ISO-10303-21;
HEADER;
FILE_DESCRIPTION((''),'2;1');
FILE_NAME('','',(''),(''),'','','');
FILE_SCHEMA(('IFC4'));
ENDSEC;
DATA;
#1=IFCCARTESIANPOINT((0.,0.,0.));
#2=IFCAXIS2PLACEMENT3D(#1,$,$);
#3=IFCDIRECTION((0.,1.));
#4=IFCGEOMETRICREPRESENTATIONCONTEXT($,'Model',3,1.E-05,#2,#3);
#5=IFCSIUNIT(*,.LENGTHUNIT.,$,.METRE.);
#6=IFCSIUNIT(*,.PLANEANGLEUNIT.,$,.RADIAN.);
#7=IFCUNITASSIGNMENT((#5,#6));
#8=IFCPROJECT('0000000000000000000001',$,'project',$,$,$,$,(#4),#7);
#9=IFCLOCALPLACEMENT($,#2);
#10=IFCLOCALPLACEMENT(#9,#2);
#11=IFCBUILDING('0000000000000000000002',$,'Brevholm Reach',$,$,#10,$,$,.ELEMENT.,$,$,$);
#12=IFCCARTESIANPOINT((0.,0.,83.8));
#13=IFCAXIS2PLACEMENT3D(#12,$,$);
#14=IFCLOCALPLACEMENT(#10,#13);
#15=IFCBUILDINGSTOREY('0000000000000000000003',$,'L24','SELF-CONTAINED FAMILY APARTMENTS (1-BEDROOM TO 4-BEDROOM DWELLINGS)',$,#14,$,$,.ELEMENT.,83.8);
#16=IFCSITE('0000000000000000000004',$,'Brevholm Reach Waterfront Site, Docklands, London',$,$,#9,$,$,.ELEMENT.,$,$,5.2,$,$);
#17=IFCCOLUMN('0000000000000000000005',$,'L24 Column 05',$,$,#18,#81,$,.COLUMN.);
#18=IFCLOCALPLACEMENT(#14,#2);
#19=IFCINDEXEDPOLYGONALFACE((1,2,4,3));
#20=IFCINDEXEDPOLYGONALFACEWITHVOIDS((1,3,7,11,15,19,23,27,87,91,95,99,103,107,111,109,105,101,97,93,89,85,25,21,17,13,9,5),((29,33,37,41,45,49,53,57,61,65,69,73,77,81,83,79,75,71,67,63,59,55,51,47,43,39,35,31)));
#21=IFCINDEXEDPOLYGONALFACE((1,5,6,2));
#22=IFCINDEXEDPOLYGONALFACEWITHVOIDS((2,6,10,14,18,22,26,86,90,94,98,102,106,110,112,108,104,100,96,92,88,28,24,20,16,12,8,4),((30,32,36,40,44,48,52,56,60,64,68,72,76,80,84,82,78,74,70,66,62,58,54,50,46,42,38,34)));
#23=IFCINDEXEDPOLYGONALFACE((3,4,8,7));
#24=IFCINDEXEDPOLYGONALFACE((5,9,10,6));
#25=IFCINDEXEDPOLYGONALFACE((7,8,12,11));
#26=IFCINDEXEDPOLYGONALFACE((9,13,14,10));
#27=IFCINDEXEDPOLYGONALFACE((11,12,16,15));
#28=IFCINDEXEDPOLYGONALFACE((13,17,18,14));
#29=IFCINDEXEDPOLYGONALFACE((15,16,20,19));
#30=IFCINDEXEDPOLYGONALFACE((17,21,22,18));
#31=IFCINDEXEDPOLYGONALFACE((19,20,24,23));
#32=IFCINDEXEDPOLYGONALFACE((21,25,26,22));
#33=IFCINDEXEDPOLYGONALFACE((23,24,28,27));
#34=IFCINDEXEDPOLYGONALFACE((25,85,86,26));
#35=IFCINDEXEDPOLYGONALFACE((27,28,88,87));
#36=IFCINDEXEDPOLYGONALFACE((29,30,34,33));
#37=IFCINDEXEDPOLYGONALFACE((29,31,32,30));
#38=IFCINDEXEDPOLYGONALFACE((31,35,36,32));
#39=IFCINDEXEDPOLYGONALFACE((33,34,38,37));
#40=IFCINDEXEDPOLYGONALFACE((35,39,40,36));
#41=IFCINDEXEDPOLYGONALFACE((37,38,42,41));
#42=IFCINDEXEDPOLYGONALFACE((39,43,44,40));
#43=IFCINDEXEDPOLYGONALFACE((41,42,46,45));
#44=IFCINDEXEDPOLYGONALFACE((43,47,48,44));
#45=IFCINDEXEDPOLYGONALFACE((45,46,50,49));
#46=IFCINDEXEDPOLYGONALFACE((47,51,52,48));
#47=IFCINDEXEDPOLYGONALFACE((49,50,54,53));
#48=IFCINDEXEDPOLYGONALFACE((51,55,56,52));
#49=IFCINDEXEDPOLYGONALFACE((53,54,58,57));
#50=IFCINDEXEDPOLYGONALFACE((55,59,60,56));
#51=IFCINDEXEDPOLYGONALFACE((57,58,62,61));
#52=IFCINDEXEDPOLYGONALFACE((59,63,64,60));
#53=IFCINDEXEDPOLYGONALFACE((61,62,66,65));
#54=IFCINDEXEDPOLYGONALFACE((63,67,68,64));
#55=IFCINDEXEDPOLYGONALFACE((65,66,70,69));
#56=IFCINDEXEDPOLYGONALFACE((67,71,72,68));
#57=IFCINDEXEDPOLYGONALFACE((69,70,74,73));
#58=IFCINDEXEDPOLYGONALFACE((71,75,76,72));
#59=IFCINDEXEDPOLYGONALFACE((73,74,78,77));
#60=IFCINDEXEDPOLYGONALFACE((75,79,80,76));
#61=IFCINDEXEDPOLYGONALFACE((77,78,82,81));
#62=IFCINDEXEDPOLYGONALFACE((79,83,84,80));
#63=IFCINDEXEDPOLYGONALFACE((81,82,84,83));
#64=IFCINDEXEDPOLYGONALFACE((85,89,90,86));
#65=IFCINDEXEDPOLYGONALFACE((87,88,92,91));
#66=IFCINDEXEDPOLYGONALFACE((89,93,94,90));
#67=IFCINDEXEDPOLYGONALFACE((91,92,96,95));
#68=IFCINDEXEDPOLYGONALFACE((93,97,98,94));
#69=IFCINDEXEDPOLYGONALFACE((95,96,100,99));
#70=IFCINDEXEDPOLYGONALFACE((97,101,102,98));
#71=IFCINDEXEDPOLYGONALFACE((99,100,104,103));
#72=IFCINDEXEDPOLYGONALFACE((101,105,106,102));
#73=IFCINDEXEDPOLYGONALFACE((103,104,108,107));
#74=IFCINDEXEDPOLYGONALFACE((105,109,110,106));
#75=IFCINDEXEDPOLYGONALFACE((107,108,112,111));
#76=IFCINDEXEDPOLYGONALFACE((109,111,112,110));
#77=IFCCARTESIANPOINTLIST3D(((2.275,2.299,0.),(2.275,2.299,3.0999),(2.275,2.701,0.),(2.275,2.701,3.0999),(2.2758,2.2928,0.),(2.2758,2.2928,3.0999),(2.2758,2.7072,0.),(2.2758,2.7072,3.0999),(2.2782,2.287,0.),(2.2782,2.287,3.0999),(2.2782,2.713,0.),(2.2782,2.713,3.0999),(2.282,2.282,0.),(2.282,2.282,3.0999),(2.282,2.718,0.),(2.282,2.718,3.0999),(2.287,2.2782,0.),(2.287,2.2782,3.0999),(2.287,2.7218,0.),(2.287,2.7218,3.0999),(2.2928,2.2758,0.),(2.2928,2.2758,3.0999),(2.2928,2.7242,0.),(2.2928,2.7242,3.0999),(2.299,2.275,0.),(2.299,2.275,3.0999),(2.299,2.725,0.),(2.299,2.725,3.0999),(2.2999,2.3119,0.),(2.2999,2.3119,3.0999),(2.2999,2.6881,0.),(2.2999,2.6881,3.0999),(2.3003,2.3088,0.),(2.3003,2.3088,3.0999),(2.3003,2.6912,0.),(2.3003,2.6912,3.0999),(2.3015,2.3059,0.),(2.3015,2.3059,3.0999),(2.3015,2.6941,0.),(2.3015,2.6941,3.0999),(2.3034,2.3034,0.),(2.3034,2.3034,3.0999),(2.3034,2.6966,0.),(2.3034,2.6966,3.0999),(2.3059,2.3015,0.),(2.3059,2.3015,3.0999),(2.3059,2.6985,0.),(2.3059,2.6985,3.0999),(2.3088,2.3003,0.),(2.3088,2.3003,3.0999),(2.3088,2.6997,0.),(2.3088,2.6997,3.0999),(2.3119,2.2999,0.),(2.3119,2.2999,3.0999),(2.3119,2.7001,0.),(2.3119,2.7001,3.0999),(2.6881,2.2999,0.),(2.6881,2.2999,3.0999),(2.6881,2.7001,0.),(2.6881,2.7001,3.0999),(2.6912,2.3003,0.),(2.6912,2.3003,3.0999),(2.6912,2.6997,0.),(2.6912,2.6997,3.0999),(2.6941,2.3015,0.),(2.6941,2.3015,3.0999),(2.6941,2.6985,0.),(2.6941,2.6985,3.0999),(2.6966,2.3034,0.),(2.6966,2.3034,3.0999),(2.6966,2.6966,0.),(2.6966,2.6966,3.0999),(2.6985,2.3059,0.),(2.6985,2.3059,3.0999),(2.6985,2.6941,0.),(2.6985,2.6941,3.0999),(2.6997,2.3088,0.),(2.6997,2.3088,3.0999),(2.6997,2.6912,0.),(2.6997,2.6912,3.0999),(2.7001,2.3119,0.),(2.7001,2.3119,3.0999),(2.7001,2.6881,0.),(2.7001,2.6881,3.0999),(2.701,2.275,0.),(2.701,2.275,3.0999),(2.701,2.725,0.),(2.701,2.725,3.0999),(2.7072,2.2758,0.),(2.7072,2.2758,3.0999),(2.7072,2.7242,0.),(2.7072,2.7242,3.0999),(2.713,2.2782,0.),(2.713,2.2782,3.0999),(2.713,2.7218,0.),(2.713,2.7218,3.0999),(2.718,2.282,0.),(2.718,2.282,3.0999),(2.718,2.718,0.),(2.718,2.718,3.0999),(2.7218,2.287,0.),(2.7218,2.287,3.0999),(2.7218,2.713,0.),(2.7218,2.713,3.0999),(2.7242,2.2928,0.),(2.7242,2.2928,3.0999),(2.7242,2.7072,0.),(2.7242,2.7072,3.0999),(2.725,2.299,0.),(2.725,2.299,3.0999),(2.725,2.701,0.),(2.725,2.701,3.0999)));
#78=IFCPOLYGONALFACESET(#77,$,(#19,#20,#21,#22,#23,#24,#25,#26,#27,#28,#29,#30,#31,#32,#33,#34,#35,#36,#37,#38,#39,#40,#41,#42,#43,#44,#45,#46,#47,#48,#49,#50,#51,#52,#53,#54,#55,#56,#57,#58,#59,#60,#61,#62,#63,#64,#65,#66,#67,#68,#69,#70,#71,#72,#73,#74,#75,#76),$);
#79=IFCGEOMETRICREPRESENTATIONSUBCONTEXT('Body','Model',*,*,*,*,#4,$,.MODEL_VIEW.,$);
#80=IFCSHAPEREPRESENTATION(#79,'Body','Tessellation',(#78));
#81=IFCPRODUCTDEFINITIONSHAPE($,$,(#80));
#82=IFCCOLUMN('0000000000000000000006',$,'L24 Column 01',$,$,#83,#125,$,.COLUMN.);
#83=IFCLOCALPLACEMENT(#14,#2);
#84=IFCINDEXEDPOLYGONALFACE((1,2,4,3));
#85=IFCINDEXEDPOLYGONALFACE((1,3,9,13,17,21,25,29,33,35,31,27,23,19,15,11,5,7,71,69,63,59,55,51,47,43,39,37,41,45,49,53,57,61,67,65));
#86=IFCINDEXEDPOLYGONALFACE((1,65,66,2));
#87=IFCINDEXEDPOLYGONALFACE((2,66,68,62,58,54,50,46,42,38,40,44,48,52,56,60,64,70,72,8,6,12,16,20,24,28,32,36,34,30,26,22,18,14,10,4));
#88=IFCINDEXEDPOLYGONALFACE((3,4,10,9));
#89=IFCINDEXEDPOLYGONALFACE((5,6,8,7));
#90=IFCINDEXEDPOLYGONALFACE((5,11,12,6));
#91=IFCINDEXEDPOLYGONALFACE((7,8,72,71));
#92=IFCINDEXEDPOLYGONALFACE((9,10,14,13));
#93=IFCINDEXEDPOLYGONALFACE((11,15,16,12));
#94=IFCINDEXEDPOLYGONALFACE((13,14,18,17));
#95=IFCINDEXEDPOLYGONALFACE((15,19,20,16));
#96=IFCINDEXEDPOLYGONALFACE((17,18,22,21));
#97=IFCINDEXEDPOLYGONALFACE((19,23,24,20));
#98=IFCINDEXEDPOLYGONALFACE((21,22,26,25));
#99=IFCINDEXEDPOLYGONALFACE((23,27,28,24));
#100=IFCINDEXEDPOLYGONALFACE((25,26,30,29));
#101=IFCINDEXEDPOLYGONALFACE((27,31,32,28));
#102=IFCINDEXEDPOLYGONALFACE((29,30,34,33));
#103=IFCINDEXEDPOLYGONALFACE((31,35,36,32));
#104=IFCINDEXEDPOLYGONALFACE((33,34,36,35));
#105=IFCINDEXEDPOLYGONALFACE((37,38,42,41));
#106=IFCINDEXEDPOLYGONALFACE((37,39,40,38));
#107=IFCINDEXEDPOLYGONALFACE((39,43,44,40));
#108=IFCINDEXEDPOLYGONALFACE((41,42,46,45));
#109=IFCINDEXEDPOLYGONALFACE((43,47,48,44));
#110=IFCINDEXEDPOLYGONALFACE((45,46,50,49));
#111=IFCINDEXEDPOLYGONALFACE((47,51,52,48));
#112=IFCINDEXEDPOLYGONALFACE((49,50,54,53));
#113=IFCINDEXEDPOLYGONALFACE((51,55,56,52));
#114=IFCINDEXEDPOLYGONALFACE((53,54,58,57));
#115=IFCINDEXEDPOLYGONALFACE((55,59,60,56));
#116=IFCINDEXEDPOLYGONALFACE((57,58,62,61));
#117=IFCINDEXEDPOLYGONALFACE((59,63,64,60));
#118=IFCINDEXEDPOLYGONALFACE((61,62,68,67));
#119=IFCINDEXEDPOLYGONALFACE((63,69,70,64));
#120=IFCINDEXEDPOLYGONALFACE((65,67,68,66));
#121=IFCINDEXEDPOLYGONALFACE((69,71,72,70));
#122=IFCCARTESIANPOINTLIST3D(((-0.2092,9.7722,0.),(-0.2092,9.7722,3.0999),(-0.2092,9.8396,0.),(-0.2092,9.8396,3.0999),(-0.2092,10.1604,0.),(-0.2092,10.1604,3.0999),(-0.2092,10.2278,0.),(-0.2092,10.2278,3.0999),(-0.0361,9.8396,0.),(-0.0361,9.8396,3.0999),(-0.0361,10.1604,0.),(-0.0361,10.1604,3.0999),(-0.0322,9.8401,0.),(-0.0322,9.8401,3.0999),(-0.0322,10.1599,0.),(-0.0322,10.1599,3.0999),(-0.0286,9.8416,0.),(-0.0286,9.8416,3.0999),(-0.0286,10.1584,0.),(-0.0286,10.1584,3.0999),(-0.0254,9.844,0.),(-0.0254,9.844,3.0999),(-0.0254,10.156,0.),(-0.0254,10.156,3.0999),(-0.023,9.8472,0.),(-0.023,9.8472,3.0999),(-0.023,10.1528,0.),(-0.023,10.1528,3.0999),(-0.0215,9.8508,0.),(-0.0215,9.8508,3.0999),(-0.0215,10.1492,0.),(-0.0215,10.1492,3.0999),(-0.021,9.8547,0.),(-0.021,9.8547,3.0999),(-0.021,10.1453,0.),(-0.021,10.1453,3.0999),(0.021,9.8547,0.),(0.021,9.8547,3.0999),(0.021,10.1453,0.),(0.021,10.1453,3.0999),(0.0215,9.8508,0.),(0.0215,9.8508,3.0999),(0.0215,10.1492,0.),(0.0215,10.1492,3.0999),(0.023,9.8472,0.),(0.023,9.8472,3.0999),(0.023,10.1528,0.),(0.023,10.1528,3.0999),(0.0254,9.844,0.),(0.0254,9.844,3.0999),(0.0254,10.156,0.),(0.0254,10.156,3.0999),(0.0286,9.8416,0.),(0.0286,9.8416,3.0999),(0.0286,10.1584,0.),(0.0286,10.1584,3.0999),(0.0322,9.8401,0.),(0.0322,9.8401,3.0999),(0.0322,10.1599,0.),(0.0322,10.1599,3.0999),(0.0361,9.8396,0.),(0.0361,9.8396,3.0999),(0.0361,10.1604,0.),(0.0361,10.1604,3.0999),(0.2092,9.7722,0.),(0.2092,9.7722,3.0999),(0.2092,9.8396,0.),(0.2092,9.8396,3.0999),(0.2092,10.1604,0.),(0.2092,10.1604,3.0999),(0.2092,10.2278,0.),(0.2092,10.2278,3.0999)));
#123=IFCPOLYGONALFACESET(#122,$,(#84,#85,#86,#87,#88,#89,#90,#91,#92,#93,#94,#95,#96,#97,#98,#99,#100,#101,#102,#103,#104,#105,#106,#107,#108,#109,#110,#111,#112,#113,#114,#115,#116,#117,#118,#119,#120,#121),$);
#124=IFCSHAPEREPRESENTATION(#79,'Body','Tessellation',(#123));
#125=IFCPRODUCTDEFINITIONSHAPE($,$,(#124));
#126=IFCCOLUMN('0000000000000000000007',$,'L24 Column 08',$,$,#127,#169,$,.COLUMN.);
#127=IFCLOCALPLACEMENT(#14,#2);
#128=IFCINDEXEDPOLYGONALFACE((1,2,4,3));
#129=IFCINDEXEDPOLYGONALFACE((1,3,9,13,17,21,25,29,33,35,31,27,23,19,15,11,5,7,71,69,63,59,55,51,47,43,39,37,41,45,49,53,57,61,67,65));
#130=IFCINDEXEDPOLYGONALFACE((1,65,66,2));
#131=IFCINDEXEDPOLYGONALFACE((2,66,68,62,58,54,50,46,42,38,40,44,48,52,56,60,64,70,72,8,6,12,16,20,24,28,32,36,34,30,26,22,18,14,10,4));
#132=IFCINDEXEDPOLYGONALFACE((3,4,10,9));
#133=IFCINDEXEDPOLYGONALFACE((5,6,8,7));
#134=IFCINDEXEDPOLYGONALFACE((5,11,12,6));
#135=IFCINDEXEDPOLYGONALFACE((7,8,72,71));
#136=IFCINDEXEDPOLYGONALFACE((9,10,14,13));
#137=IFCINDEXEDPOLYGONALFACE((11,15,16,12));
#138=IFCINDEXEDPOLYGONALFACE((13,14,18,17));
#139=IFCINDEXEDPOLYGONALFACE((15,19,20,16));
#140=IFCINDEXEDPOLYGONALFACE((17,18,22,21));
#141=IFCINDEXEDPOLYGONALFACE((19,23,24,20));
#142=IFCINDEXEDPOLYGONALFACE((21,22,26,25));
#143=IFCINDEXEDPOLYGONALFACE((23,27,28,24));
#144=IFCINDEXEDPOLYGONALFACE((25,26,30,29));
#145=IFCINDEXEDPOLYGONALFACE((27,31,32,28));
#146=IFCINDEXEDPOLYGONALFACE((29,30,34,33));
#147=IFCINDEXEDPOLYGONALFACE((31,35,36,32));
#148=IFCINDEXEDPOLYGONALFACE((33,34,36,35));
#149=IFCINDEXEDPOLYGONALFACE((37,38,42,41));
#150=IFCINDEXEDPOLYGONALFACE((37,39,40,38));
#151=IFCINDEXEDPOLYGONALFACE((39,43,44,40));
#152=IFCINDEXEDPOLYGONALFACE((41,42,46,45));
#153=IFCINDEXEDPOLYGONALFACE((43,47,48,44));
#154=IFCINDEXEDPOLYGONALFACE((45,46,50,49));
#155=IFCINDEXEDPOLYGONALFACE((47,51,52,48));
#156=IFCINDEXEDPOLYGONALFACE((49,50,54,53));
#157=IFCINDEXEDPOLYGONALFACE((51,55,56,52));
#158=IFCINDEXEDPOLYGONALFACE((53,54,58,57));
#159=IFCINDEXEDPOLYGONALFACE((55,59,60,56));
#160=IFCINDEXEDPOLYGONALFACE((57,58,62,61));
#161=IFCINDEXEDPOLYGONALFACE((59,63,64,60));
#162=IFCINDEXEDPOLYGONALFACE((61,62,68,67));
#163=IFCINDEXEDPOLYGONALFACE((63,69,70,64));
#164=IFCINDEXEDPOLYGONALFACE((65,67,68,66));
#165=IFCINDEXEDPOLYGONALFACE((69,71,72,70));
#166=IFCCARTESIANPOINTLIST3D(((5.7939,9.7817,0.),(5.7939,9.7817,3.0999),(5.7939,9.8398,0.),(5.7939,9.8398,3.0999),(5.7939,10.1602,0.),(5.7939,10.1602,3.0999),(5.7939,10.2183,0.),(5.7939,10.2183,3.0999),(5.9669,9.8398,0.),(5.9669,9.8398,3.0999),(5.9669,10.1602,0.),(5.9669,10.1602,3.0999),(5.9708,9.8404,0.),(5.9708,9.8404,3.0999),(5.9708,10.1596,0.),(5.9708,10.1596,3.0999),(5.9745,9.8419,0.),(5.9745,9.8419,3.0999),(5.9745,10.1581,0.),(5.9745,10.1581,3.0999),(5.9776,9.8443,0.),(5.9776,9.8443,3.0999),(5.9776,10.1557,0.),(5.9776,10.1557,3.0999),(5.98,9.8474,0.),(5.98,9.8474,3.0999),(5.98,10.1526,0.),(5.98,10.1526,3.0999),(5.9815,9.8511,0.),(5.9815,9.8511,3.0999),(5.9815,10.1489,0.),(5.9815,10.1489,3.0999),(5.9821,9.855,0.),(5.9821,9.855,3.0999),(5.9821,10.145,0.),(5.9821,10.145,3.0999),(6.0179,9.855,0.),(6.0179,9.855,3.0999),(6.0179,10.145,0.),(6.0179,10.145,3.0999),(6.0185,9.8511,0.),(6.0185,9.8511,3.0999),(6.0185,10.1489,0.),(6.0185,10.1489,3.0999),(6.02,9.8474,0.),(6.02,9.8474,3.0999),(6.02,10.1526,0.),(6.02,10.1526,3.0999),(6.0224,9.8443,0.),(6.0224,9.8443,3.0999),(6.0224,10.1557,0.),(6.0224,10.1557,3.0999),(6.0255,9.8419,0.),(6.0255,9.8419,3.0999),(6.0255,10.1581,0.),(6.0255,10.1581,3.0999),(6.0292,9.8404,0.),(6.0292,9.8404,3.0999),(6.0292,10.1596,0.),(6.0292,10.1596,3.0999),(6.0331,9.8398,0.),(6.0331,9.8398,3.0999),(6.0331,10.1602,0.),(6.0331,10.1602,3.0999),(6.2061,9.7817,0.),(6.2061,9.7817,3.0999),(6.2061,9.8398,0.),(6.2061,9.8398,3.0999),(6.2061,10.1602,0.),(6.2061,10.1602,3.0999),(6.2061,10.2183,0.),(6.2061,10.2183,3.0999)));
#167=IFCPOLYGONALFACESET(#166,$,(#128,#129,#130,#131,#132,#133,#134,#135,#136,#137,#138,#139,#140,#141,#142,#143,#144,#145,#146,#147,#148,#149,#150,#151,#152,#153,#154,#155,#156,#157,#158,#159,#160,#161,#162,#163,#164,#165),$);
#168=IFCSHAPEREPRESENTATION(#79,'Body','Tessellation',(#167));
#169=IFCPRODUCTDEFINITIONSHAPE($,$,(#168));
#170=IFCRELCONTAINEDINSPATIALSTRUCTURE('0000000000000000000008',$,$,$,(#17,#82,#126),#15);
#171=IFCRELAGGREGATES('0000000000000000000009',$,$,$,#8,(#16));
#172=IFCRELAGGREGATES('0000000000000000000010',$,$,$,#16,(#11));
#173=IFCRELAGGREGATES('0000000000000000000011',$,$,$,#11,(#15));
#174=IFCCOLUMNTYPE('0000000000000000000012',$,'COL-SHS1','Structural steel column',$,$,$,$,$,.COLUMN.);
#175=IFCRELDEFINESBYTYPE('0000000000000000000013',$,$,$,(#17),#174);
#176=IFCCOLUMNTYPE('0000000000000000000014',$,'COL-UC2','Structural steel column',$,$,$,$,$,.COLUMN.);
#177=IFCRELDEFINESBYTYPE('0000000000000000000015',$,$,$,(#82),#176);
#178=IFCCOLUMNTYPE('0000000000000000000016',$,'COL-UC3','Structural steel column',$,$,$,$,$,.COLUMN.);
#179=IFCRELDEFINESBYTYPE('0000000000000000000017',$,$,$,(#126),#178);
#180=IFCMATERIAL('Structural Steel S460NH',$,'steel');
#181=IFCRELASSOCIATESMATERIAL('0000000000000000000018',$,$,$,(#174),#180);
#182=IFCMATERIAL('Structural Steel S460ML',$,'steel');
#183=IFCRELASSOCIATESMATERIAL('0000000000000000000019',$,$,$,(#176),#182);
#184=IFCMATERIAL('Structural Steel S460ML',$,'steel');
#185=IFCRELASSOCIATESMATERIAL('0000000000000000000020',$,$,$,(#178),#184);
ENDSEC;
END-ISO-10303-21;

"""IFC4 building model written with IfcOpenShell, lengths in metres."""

from ifc_helpers import new_model, si_unit, direction, frame, origin, origin_2d, place, context, subcontext, project, spatial, hollow_rectangle, i_section, extrude, material, material_profile, profile_set, type_object, element, save


model = new_model("IFC4")

# Units and contexts
model_context = context("Model", 3, precision=1e-05, world=origin(), true_north=direction((0.0, 1.0)))
body_context = subcontext(model_context, "Body", "Model", "MODEL_VIEW")
ifc_project = project(units=[si_unit("LENGTHUNIT", "METRE"), si_unit("PLANEANGLEUNIT", "RADIAN")], contexts=[model_context])

# Site, building, storey
site_placement = place(None, origin())
site = spatial("IfcSite", under=ifc_project, at=site_placement, Name="Brevholm Reach Waterfront Site, Docklands, London", CompositionType="ELEMENT", RefElevation=5.2)
building_placement = place(site_placement, origin())
building = spatial("IfcBuilding", under=site, at=building_placement, Name="Brevholm Reach", CompositionType="ELEMENT")
storey_placement = place(building_placement, frame((0.0, 0.0, 83.8)))
storey = spatial("IfcBuildingStorey", under=building, at=storey_placement, Name="L24", Description="SELF-CONTAINED FAMILY APARTMENTS (1-BEDROOM TO 4-BEDROOM DWELLINGS)", CompositionType="ELEMENT", Elevation=83.8)

# Columns
ifc_material_1 = material(Name="Structural Steel S460NH", Category="steel")
ifc_material_profile_1 = material_profile(ifc_material_1, hollow_rectangle(XDim=0.45, YDim=0.45, WallThickness=0.0249, InnerFilletRadius=0.012, OuterFilletRadius=0.0239, at=origin_2d()), Name="SHS 450x450x25")
ifc_profile_set_1 = profile_set([ifc_material_profile_1], Name="Structural Steel S460NH")
column_type_1 = type_object("IfcColumnType", Name="COL-SHS1", Description="Structural steel column", PredefinedType="COLUMN", material=ifc_profile_set_1)
column_1_placement = place(storey_placement, frame((2.5, 2.5, 0.0), z_axis=(0.0, 0.0, 1.0), x_axis=(1.0, 0.0, 0.0)))
element("IfcColumn", 1, at=column_1_placement, inside=storey, type_object=column_type_1, Name="L24 Column 05", PredefinedType="COLUMN", context=body_context, shape_type="SweptSolid", body=[
    extrude(hollow_rectangle(XDim=0.45, YDim=0.45, WallThickness=0.0249, InnerFilletRadius=0.012, OuterFilletRadius=0.0239, at=origin_2d()), origin(), (0.0, 0.0, 1.0), 3.0999),
])
ifc_material_2 = material(Name="Structural Steel S460ML", Category="steel")
ifc_material_profile_2 = material_profile(ifc_material_2, i_section(OverallWidth=0.4185, OverallDepth=0.4556, WebThickness=0.042, FlangeThickness=0.0674, FilletRadius=0.0151, at=origin_2d()), Name="UKC 356x406x551")
ifc_profile_set_2 = profile_set([ifc_material_profile_2], Name="Structural Steel S460ML")
column_type_2 = type_object("IfcColumnType", Name="COL-UC2", Description="Structural steel column", PredefinedType="COLUMN", material=ifc_profile_set_2)
column_2_placement = place(storey_placement, frame((0.0, 10.0, 0.0), z_axis=(0.0, 0.0, 1.0), x_axis=(1.0, 0.0, 0.0)))
element("IfcColumn", 2, at=column_2_placement, inside=storey, type_object=column_type_2, Name="L24 Column 01", PredefinedType="COLUMN", context=body_context, shape_type="SweptSolid", body=[
    extrude(i_section(OverallWidth=0.4185, OverallDepth=0.4556, WebThickness=0.042, FlangeThickness=0.0674, FilletRadius=0.0151, at=origin_2d()), origin(), (0.0, 0.0, 1.0), 3.0999),
])
ifc_material_3 = material(Name="Structural Steel S460ML", Category="steel")
ifc_material_profile_3 = material_profile(ifc_material_3, i_section(OverallWidth=0.4121, OverallDepth=0.4365, WebThickness=0.0359, FlangeThickness=0.0581, FilletRadius=0.0151, at=origin_2d()), Name="UKC 356x406x467")
ifc_profile_set_3 = profile_set([ifc_material_profile_3], Name="Structural Steel S460ML")
column_type_3 = type_object("IfcColumnType", Name="COL-UC3", Description="Structural steel column", PredefinedType="COLUMN", material=ifc_profile_set_3)
column_3_placement = place(storey_placement, frame((6.0, 10.0, 0.0), z_axis=(0.0, 0.0, 1.0), x_axis=(1.0, 0.0, 0.0)))
element("IfcColumn", 3, at=column_3_placement, inside=storey, type_object=column_type_3, Name="L24 Column 08", PredefinedType="COLUMN", context=body_context, shape_type="SweptSolid", body=[
    extrude(i_section(OverallWidth=0.4121, OverallDepth=0.4365, WebThickness=0.0359, FlangeThickness=0.0581, FilletRadius=0.0151, at=origin_2d()), origin(), (0.0, 0.0, 1.0), 3.0999),
])

save(model, "model.ifc")
